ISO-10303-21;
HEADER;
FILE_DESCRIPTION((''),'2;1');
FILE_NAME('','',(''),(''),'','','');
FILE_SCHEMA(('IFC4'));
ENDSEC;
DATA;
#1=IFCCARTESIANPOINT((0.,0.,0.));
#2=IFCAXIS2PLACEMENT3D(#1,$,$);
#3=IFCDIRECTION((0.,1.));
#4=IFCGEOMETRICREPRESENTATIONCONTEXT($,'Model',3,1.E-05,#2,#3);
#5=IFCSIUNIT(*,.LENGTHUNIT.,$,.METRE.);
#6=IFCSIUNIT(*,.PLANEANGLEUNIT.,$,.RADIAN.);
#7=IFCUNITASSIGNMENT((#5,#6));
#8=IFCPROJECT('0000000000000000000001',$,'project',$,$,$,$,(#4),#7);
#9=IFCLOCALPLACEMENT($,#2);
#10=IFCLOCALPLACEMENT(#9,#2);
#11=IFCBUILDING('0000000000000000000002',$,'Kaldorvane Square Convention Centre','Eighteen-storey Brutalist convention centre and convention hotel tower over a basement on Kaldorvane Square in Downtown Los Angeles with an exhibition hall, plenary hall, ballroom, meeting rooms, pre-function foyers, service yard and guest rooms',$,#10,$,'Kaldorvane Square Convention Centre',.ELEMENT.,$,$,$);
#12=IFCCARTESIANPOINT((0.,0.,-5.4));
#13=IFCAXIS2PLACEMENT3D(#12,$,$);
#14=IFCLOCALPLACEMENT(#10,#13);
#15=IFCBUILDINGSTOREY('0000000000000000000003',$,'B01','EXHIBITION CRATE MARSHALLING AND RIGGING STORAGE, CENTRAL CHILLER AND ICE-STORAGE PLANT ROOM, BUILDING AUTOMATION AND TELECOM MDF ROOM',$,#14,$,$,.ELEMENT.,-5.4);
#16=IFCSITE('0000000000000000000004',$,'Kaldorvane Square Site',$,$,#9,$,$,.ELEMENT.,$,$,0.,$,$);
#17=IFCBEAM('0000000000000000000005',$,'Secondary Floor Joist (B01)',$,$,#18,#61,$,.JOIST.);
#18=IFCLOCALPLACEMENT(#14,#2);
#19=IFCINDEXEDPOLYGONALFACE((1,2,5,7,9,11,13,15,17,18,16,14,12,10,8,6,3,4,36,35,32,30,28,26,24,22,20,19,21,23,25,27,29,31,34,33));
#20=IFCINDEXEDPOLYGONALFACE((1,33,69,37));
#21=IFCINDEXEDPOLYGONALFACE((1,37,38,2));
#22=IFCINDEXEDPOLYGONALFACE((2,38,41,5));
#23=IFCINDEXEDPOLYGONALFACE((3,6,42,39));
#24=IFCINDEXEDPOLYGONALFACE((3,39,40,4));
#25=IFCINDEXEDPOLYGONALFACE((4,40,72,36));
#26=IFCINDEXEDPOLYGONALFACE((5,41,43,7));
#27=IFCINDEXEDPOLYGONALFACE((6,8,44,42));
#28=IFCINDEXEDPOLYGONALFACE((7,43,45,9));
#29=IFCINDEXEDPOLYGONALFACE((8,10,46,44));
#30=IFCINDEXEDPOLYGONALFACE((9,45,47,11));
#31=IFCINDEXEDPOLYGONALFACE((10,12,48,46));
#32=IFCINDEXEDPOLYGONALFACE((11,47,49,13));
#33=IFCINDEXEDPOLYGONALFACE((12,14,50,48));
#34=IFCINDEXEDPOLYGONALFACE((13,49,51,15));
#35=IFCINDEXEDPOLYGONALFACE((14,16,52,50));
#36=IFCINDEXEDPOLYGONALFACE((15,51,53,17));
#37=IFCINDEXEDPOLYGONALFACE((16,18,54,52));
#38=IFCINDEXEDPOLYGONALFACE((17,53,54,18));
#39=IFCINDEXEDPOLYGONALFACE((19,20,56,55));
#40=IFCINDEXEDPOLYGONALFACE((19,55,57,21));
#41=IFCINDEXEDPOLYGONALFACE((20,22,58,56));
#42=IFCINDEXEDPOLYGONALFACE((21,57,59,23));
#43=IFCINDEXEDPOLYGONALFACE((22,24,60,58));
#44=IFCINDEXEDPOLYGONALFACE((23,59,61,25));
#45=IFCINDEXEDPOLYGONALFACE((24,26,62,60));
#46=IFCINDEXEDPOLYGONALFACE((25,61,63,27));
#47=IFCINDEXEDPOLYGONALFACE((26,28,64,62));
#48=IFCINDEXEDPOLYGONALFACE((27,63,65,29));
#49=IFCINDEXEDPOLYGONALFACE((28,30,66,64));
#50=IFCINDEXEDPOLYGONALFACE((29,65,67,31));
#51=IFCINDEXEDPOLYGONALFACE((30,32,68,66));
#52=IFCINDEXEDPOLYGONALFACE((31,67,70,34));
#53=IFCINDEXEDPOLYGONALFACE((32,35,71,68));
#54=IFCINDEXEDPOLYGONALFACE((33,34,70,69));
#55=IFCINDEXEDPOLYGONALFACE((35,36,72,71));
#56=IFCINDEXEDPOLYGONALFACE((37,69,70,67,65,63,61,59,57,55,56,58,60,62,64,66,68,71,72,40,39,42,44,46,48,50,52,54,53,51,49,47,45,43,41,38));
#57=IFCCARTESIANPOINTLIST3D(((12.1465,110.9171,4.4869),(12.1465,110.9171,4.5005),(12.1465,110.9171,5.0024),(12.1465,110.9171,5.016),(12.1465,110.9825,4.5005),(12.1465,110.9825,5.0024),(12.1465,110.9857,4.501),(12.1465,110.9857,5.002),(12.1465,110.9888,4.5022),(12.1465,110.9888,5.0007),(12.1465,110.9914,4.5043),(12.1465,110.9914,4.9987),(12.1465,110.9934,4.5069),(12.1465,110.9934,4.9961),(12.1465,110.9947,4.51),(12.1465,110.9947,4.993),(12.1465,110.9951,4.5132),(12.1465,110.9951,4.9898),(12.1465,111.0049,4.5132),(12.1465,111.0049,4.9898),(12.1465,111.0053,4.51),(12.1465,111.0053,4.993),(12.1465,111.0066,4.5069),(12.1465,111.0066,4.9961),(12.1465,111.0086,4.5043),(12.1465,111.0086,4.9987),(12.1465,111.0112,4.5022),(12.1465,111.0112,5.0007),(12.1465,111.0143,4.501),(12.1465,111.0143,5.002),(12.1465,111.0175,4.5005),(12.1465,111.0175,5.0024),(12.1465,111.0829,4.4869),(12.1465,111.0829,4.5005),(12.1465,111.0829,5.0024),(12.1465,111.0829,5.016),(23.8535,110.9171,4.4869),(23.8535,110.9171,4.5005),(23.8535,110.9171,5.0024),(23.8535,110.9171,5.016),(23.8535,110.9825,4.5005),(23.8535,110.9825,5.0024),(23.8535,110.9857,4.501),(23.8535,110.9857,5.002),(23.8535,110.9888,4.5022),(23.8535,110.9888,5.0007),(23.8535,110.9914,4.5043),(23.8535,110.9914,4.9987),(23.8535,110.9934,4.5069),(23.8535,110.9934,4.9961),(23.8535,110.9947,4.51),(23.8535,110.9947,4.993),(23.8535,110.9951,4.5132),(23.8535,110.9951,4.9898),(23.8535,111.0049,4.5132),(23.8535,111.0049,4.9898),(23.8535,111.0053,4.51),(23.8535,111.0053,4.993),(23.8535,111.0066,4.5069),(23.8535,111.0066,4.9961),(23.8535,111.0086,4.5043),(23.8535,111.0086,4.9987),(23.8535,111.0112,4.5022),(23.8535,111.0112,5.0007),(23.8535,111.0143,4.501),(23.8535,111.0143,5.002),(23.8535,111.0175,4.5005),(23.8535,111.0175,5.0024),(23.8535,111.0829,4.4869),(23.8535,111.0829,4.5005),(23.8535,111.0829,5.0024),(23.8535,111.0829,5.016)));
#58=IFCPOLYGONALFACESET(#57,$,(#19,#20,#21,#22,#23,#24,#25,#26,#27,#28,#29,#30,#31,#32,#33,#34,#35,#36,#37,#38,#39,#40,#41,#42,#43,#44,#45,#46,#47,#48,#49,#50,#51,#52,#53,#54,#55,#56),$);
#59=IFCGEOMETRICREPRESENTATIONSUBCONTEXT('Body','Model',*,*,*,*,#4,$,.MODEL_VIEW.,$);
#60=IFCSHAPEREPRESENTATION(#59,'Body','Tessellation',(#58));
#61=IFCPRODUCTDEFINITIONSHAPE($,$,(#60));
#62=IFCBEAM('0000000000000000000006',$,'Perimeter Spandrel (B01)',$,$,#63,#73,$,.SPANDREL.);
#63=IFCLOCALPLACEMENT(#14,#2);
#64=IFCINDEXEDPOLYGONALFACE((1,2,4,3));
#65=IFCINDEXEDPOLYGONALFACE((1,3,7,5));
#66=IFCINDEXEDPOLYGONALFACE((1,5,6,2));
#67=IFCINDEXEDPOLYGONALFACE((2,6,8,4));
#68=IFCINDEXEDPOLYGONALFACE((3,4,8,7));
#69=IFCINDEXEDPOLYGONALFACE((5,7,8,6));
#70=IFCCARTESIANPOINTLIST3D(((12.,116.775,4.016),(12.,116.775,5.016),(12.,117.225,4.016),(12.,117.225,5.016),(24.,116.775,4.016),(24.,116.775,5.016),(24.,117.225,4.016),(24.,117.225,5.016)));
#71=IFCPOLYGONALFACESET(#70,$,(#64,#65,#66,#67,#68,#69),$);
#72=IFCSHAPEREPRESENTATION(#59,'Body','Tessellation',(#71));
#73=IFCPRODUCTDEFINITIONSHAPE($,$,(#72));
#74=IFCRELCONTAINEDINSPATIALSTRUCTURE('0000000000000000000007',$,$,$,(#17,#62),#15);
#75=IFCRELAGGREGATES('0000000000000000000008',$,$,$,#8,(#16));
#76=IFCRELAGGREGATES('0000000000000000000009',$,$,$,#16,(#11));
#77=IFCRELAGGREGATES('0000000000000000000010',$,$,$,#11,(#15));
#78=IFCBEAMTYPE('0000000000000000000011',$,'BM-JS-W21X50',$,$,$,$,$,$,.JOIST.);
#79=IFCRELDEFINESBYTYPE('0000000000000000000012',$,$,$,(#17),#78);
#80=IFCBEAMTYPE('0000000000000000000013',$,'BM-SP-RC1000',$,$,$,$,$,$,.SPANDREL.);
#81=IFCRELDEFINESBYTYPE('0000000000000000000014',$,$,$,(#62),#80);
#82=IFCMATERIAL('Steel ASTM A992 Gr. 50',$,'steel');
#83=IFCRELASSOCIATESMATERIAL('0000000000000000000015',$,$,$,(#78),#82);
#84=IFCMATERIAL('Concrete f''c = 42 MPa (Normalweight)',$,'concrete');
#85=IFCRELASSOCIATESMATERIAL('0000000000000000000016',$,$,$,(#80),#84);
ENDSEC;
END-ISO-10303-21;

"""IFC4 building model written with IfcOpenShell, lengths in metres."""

from ifc_helpers import new_model, si_unit, direction, frame, origin, origin_2d, place, context, subcontext, project, spatial, rectangle, i_section, extrude, material, material_profile, profile_set, type_object, element, save


model = new_model("IFC4")

# Units and contexts
model_context = context("Model", 3, precision=1e-05, world=origin(), true_north=direction((0.0, 1.0)))
body_context = subcontext(model_context, "Body", "Model", "MODEL_VIEW")
ifc_project = project(units=[si_unit("LENGTHUNIT", "METRE"), si_unit("PLANEANGLEUNIT", "RADIAN")], contexts=[model_context])

# Site, building, storey
site_placement = place(None, origin())
site = spatial("IfcSite", under=ifc_project, at=site_placement, Name="Kaldorvane Square Site", CompositionType="ELEMENT", RefElevation=0.0)
building_placement = place(site_placement, origin())
building = spatial("IfcBuilding", under=site, at=building_placement, Name="Kaldorvane Square Convention Centre", Description="Eighteen-storey Brutalist convention centre and convention hotel tower over a basement on Kaldorvane Square in Downtown Los Angeles with an exhibition hall, plenary hall, ballroom, meeting rooms, pre-function foyers, service yard and guest rooms", LongName="Kaldorvane Square Convention Centre", CompositionType="ELEMENT")
storey_placement = place(building_placement, frame((0.0, 0.0, -5.4)))
storey = spatial("IfcBuildingStorey", under=building, at=storey_placement, Name="B01", Description="EXHIBITION CRATE MARSHALLING AND RIGGING STORAGE, CENTRAL CHILLER AND ICE-STORAGE PLANT ROOM, BUILDING AUTOMATION AND TELECOM MDF ROOM", CompositionType="ELEMENT", Elevation=-5.4)

# Shared definitions
ifc_material_1 = material(Name="Concrete f'c = 42 MPa (Normalweight)", Category="concrete")

# Shared definitions
ifc_material_2 = material(Name="Steel ASTM A992 Gr. 50", Category="steel")

# Beams
ifc_material_profile_1 = material_profile(ifc_material_2, i_section(OverallWidth=0.1659, OverallDepth=0.5291, WebThickness=0.0097, FlangeThickness=0.0136, FilletRadius=0.0127, at=origin_2d()), Name="W21X50")
ifc_profile_set_1 = profile_set([ifc_material_profile_1], Name="Steel ASTM A992 Gr. 50")
beam_type_1 = type_object("IfcBeamType", Name="BM-JS-W21X50", PredefinedType="JOIST", material=ifc_profile_set_1)
beam_1_placement = place(storey_placement, frame((12.1465, 111.0, 4.7515), z_axis=(1.0, 0.0, 0.0), x_axis=(0.0, 1.0, 0.0)))
element("IfcBeam", 1, at=beam_1_placement, inside=storey, type_object=beam_type_1, Name="Secondary Floor Joist (B01)", PredefinedType="JOIST", context=body_context, shape_type="SweptSolid", body=[
    extrude(i_section(OverallWidth=0.1659, OverallDepth=0.5291, WebThickness=0.0097, FlangeThickness=0.0136, FilletRadius=0.0127, at=origin_2d()), origin(), (0.0, 0.0, 1.0), 11.707),
])
ifc_material_profile_2 = material_profile(ifc_material_1, rectangle(XDim=0.45, YDim=1.0, at=origin_2d()), Name="RCSP1000X450")
ifc_profile_set_2 = profile_set([ifc_material_profile_2], Name="Concrete f'c = 42 MPa (Normalweight)")
beam_type_2 = type_object("IfcBeamType", Name="BM-SP-RC1000", PredefinedType="SPANDREL", material=ifc_profile_set_2)
beam_2_placement = place(storey_placement, frame((12.0, 117.0, 4.516), z_axis=(1.0, 0.0, 0.0), x_axis=(0.0, 1.0, 0.0)))
element("IfcBeam", 2, at=beam_2_placement, inside=storey, type_object=beam_type_2, Name="Perimeter Spandrel (B01)", PredefinedType="SPANDREL", context=body_context, shape_type="SweptSolid", body=[
    extrude(rectangle(XDim=0.45, YDim=1.0, at=origin_2d()), origin(), (0.0, 0.0, 1.0), 12.0),
])

save(model, "model.ifc")
